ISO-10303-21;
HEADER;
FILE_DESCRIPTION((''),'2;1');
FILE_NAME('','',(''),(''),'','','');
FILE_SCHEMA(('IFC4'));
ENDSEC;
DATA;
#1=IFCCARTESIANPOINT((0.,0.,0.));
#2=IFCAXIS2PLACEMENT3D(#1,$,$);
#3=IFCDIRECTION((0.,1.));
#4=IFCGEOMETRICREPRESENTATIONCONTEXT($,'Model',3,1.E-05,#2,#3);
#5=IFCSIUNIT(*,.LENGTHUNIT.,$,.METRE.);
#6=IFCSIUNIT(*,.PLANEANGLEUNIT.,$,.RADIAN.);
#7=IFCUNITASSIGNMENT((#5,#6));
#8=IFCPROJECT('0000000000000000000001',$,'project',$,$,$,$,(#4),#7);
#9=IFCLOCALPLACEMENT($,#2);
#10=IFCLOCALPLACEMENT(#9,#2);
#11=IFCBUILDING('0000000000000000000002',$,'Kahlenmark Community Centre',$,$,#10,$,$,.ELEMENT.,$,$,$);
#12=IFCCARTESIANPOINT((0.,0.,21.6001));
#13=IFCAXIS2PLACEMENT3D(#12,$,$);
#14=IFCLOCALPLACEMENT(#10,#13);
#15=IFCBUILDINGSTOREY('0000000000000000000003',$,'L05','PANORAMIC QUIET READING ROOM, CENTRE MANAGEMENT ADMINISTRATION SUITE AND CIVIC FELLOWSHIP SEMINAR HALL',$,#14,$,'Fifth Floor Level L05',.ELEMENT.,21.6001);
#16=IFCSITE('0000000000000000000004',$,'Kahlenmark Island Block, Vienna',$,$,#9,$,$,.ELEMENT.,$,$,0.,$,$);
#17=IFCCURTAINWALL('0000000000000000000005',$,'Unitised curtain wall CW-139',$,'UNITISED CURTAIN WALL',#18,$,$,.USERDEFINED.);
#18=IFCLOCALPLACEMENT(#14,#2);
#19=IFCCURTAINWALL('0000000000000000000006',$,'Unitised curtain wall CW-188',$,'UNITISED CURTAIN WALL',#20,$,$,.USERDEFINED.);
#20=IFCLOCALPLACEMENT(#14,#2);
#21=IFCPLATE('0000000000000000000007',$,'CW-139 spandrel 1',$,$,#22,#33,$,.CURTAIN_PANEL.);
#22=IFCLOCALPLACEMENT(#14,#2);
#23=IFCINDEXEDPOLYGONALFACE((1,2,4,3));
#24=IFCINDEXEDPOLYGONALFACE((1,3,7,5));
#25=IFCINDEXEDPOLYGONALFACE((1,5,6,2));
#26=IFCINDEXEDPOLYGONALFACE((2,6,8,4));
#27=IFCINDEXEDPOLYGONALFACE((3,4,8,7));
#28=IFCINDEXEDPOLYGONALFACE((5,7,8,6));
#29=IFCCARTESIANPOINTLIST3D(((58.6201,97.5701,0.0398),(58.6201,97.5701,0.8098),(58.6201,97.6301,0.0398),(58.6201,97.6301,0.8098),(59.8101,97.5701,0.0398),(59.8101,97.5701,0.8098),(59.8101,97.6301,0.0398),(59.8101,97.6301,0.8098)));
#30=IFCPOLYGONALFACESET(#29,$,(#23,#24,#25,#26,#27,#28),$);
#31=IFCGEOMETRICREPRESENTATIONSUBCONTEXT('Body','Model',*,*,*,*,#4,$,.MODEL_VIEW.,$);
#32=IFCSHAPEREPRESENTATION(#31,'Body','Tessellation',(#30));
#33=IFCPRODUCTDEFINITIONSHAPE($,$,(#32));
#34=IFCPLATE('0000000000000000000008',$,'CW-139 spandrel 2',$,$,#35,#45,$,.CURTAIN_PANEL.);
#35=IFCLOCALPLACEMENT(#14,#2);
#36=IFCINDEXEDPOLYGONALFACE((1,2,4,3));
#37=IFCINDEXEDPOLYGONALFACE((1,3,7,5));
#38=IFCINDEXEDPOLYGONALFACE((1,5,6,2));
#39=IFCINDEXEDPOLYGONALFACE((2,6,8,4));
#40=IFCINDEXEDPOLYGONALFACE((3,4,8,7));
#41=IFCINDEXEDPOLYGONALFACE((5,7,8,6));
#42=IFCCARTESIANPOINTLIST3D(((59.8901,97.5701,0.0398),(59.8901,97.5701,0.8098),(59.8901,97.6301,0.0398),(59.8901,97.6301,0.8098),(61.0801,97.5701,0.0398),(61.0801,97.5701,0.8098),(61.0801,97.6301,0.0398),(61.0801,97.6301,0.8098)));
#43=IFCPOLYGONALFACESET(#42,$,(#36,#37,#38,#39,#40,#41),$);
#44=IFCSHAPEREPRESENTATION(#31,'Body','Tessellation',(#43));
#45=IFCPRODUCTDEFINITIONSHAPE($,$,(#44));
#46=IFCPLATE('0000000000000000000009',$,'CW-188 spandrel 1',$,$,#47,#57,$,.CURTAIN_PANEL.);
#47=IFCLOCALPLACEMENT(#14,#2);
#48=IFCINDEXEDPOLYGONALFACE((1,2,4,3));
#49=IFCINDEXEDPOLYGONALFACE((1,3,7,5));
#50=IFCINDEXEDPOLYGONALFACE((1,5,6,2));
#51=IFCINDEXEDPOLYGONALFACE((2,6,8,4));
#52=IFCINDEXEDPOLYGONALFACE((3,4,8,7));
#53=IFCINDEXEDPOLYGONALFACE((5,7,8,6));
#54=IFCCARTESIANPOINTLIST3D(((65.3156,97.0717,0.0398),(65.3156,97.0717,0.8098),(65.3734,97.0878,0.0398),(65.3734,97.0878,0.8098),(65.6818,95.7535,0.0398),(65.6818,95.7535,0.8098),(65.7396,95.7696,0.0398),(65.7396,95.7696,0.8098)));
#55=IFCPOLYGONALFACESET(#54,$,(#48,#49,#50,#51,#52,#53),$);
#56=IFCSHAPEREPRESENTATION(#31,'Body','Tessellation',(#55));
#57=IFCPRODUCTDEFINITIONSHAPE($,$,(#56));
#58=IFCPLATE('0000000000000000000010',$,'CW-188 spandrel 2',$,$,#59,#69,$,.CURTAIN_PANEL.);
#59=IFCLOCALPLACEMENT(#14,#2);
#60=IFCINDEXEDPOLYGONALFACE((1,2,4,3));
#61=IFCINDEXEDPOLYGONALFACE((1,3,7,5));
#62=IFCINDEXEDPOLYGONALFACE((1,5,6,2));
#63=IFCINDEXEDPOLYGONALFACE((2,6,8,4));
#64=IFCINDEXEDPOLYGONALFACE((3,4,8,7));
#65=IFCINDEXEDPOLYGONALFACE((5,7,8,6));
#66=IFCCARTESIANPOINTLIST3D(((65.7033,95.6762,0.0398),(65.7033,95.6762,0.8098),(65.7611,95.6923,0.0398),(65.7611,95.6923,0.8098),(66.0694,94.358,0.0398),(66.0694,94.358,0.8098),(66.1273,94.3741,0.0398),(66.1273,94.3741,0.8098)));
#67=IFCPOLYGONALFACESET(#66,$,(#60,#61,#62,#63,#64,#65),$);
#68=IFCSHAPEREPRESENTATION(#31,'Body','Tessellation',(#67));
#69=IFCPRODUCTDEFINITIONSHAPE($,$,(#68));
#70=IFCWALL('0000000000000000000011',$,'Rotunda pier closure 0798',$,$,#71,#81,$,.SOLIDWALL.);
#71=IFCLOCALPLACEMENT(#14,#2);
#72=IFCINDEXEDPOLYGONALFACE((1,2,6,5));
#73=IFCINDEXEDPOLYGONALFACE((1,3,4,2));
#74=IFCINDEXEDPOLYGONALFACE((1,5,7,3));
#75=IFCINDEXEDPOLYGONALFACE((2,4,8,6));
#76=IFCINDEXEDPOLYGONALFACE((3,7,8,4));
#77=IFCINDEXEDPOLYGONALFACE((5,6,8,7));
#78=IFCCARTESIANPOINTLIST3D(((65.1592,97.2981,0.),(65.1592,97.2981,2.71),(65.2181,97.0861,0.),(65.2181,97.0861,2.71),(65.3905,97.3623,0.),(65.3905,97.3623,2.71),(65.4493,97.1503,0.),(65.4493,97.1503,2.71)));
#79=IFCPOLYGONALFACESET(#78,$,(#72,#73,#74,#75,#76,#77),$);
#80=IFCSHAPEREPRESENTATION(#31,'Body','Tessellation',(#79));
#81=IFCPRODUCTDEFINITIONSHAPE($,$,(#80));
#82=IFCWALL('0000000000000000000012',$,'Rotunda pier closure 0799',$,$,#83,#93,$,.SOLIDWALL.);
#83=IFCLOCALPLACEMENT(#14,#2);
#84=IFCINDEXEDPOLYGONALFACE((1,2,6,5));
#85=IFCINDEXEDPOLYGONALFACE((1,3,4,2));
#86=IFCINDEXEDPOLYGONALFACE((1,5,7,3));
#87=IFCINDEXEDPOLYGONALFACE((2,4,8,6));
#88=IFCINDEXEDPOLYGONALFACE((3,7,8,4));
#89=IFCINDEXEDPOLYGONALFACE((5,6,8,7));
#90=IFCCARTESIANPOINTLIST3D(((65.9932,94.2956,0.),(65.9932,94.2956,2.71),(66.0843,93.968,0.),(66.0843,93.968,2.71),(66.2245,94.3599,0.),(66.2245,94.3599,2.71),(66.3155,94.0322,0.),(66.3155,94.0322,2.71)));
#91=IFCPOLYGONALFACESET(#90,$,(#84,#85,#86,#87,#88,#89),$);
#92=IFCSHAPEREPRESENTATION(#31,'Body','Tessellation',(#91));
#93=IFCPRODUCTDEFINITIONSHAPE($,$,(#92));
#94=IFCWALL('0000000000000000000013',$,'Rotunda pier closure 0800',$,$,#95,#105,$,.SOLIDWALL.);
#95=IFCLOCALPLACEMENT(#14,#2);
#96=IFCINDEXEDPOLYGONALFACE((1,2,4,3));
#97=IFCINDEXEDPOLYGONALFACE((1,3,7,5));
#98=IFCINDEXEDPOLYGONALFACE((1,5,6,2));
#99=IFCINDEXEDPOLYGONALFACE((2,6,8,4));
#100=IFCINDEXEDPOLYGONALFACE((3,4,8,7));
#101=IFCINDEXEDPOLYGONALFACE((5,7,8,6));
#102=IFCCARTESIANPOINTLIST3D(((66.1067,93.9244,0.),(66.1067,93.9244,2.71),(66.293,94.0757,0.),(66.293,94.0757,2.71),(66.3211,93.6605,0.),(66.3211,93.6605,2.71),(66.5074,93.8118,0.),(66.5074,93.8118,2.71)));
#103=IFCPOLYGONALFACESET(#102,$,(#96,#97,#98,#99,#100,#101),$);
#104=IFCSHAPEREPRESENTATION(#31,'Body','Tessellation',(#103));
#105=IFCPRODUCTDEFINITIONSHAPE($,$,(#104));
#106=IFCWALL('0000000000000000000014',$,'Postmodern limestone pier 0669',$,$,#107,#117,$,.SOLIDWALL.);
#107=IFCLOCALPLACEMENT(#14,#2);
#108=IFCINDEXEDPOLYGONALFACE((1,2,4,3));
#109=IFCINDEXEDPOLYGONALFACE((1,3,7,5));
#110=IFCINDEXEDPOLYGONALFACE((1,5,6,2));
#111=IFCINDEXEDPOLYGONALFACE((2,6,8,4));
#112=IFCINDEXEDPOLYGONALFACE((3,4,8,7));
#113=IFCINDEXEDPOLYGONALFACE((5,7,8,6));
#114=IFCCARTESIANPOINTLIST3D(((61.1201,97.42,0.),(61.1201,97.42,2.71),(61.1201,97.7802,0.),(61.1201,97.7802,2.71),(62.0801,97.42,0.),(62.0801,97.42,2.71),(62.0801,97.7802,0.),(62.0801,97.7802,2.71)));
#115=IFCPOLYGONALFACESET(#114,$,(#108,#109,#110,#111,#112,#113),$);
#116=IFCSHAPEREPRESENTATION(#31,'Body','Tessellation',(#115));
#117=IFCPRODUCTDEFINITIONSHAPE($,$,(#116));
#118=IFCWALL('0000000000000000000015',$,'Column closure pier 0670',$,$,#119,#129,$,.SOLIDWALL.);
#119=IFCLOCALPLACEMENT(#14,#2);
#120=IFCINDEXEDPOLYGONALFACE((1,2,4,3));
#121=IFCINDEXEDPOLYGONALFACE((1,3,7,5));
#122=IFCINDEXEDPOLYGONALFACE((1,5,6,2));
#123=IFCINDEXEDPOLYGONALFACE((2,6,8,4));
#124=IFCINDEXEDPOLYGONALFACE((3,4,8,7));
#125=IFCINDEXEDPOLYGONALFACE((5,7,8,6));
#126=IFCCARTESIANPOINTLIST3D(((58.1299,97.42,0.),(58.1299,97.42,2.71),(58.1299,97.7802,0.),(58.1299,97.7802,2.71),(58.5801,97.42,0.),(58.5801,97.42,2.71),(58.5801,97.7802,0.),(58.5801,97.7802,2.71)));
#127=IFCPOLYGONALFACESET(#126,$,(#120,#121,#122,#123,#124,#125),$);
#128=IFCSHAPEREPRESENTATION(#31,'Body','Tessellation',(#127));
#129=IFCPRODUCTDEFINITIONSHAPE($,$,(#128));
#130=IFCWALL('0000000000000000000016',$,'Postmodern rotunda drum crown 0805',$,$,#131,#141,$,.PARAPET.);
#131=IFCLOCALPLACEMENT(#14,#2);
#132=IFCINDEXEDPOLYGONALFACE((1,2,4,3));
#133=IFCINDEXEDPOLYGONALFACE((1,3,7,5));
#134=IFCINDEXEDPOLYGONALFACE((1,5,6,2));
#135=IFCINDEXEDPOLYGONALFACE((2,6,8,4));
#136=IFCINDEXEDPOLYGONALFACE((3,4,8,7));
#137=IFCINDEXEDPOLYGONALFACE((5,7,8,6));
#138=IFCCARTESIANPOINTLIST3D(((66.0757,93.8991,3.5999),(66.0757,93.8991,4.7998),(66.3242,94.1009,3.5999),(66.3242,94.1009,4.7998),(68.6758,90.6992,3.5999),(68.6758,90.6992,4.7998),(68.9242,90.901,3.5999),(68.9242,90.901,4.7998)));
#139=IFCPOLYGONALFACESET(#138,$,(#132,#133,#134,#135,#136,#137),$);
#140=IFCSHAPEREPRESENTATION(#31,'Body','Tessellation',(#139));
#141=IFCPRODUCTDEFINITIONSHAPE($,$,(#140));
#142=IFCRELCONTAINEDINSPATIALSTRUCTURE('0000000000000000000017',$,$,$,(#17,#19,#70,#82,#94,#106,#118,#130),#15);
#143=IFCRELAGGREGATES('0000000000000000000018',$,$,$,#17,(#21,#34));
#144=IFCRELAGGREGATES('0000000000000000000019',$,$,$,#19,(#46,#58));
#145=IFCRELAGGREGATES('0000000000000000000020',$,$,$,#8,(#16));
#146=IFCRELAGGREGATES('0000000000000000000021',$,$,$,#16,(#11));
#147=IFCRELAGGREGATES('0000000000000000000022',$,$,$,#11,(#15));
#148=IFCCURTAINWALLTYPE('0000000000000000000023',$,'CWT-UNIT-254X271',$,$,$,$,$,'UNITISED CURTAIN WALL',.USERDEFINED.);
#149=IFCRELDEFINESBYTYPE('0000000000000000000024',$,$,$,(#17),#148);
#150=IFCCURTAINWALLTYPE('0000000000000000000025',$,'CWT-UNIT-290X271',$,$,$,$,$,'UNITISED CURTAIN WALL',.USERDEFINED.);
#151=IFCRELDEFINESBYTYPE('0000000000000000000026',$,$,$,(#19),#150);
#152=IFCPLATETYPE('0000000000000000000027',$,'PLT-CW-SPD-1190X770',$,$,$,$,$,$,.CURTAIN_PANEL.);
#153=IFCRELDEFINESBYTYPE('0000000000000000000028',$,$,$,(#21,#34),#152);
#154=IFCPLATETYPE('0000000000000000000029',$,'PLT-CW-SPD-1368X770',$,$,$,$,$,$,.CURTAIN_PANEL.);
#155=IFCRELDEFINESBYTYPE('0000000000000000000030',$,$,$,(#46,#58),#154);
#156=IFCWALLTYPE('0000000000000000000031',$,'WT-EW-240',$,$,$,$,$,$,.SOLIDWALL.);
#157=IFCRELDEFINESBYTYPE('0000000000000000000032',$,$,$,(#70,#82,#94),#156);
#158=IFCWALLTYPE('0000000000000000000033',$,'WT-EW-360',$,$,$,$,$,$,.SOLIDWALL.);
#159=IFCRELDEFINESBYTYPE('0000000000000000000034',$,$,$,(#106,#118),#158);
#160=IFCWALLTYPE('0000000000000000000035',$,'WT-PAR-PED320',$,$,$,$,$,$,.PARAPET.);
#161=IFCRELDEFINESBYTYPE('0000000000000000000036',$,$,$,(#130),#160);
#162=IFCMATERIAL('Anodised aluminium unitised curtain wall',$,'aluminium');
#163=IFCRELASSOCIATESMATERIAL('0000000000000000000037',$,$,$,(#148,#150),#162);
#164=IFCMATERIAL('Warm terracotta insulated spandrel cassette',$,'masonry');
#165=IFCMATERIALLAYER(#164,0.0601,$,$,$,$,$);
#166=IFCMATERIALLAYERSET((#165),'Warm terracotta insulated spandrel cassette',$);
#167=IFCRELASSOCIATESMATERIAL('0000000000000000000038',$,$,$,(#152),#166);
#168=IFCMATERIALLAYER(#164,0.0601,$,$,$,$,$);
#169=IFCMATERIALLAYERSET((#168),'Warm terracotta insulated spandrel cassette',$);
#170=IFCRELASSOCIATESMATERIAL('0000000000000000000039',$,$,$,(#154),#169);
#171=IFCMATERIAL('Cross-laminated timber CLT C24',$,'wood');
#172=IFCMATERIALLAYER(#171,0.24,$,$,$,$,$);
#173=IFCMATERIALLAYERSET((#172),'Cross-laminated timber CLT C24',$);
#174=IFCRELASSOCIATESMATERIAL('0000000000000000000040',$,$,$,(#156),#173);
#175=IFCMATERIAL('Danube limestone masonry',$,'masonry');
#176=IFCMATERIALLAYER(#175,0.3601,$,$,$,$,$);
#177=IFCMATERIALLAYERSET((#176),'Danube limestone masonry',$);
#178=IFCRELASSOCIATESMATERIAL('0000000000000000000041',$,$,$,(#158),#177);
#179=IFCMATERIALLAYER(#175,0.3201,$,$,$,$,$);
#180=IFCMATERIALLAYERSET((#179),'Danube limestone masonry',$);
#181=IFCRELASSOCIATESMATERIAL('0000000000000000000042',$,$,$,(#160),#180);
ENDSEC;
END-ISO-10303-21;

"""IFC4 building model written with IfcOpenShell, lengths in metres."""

from ifc_helpers import new_model, si_unit, direction, frame, frame_2d, origin, origin_2d, place, context, subcontext, project, spatial, rectangle, extrude, material, layer, layer_set, type_object, element, aggregate, save


model = new_model("IFC4")

# Units and contexts
model_context = context("Model", 3, precision=1e-05, world=origin(), true_north=direction((0.0, 1.0)))
body_context = subcontext(model_context, "Body", "Model", "MODEL_VIEW")
ifc_project = project(units=[si_unit("LENGTHUNIT", "METRE"), si_unit("PLANEANGLEUNIT", "RADIAN")], contexts=[model_context])

# Site, building, storey
site_placement = place(None, origin())
site = spatial("IfcSite", under=ifc_project, at=site_placement, Name="Kahlenmark Island Block, Vienna", CompositionType="ELEMENT", RefElevation=0.0)
building_placement = place(site_placement, origin())
building = spatial("IfcBuilding", under=site, at=building_placement, Name="Kahlenmark Community Centre", CompositionType="ELEMENT")
storey_placement = place(building_placement, frame((0.0, 0.0, 21.6001)))
storey = spatial("IfcBuildingStorey", under=building, at=storey_placement, Name="L05", Description="PANORAMIC QUIET READING ROOM, CENTRE MANAGEMENT ADMINISTRATION SUITE AND CIVIC FELLOWSHIP SEMINAR HALL", LongName="Fifth Floor Level L05", CompositionType="ELEMENT", Elevation=21.6001)

# Curtain wall
ifc_material_1 = material(Name="Anodised aluminium unitised curtain wall", Category="aluminium")
curtain_wall_type_1 = type_object("IfcCurtainWallType", Name="CWT-UNIT-254X271", ElementType="UNITISED CURTAIN WALL", PredefinedType="USERDEFINED", material=ifc_material_1)
curtain_wall_1_placement = place(storey_placement, origin())
curtain_wall_1 = element("IfcCurtainWall", 1, at=curtain_wall_1_placement, inside=storey, type_object=curtain_wall_type_1, Name="Unitised curtain wall CW-139", ObjectType="UNITISED CURTAIN WALL", PredefinedType="USERDEFINED")

# Curtain wall
curtain_wall_type_2 = type_object("IfcCurtainWallType", Name="CWT-UNIT-290X271", ElementType="UNITISED CURTAIN WALL", PredefinedType="USERDEFINED", material=ifc_material_1)
curtain_wall_2_placement = place(storey_placement, origin())
curtain_wall_2 = element("IfcCurtainWall", 2, at=curtain_wall_2_placement, inside=storey, type_object=curtain_wall_type_2, Name="Unitised curtain wall CW-188", ObjectType="UNITISED CURTAIN WALL", PredefinedType="USERDEFINED")

# Plates
ifc_material_2 = material(Name="Warm terracotta insulated spandrel cassette", Category="masonry")
ifc_layer_1 = layer(ifc_material_2, 0.0601)
ifc_layer_set_1 = layer_set([ifc_layer_1], Name="Warm terracotta insulated spandrel cassette")
plate_type_1 = type_object("IfcPlateType", Name="PLT-CW-SPD-1190X770", PredefinedType="CURTAIN_PANEL", material=ifc_layer_set_1)
plate_1_placement = place(storey_placement, frame((59.2151, 97.6001, 0.0398), z_axis=(0.0, 0.0, 1.0), x_axis=(1.0, 0.0, 0.0)))
plate_1 = element("IfcPlate", 3, at=plate_1_placement, type_object=plate_type_1, Name="CW-139 spandrel 1", PredefinedType="CURTAIN_PANEL", context=body_context, shape_type="SweptSolid", body=[
    extrude(rectangle(XDim=1.1899, YDim=0.0601, at=origin_2d()), origin(), (0.0, 0.0, 1.0), 0.77),
])
plate_2_placement = place(storey_placement, frame((60.4851, 97.6001, 0.0398), z_axis=(0.0, 0.0, 1.0), x_axis=(1.0, 0.0, 0.0)))
plate_2 = element("IfcPlate", 4, at=plate_2_placement, type_object=plate_type_1, Name="CW-139 spandrel 2", PredefinedType="CURTAIN_PANEL", context=body_context, shape_type="SweptSolid", body=[
    extrude(rectangle(XDim=1.1899, YDim=0.0601, at=origin_2d()), origin(), (0.0, 0.0, 1.0), 0.77),
])
aggregate(curtain_wall_1, [plate_1, plate_2])
ifc_layer_2 = layer(ifc_material_2, 0.0601)
ifc_layer_set_2 = layer_set([ifc_layer_2], Name="Warm terracotta insulated spandrel cassette")
plate_type_2 = type_object("IfcPlateType", Name="PLT-CW-SPD-1368X770", PredefinedType="CURTAIN_PANEL", material=ifc_layer_set_2)
plate_3_placement = place(storey_placement, frame((65.5276, 96.4207, 0.0398), z_axis=(0.0, 0.0, 1.0), x_axis=(0.267654, -0.963515, 0.0)))
plate_3 = element("IfcPlate", 5, at=plate_3_placement, type_object=plate_type_2, Name="CW-188 spandrel 1", PredefinedType="CURTAIN_PANEL", context=body_context, shape_type="SweptSolid", body=[
    extrude(rectangle(XDim=1.3682, YDim=0.0601, at=origin_2d()), origin(), (0.0, 0.0, 1.0), 0.77),
])
plate_4_placement = place(storey_placement, frame((65.9153, 95.0251, 0.0398), z_axis=(0.0, 0.0, 1.0), x_axis=(0.267654, -0.963515, 0.0)))
plate_4 = element("IfcPlate", 6, at=plate_4_placement, type_object=plate_type_2, Name="CW-188 spandrel 2", PredefinedType="CURTAIN_PANEL", context=body_context, shape_type="SweptSolid", body=[
    extrude(rectangle(XDim=1.3682, YDim=0.0601, at=origin_2d()), origin(), (0.0, 0.0, 1.0), 0.77),
])
aggregate(curtain_wall_2, [plate_3, plate_4])

# Walls
ifc_material_3 = material(Name="Cross-laminated timber CLT C24", Category="wood")
ifc_layer_3 = layer(ifc_material_3, 0.24)
ifc_layer_set_3 = layer_set([ifc_layer_3], Name="Cross-laminated timber CLT C24")
wall_type_1 = type_object("IfcWallType", Name="WT-EW-240", PredefinedType="SOLIDWALL", material=ifc_layer_set_3)
wall_1_placement = place(storey_placement, frame((65.2749, 97.3301, 0.0), z_axis=(0.0, 0.0, 1.0), x_axis=(0.267529, -0.96355, 0.0)))
element("IfcWall", 7, at=wall_1_placement, inside=storey, type_object=wall_type_1, Name="Rotunda pier closure 0798", PredefinedType="SOLIDWALL", context=body_context, shape_type="SweptSolid", body=[
    extrude(rectangle(XDim=0.22, YDim=0.24, at=frame_2d((0.1099, 0.0))), origin(), (0.0, 0.0, 1.0), 2.71),
])
for number, where, z_axis, x_axis, name in (
    (8, (66.1089, 94.3276, 0.0), (0.0, 0.0, 1.0), (0.267792, -0.963477, 0.0), "Rotunda pier closure 0799"),
    (9, (66.2, 94.0, 0.0), (0.0, 0.0, 1.0), (0.630457, -0.776224, 0.0), "Rotunda pier closure 0800"),
):
    element("IfcWall", number, at=place(storey_placement, frame(where, z_axis=z_axis, x_axis=x_axis)), inside=storey, type_object=wall_type_1, Name=name, PredefinedType="SOLIDWALL", context=body_context, shape_type="SweptSolid", body=[
        extrude(rectangle(XDim=0.3401, YDim=0.24, at=frame_2d((0.1699, 0.0))), origin(), (0.0, 0.0, 1.0), 2.71),
    ])
ifc_material_4 = material(Name="Danube limestone masonry", Category="masonry")
ifc_layer_4 = layer(ifc_material_4, 0.3601)
ifc_layer_set_4 = layer_set([ifc_layer_4], Name="Danube limestone masonry")
wall_type_2 = type_object("IfcWallType", Name="WT-EW-360", PredefinedType="SOLIDWALL", material=ifc_layer_set_4)
wall_2_placement = place(storey_placement, frame((61.1201, 97.6001, 0.0), z_axis=(0.0, 0.0, 1.0), x_axis=(1.0, 0.0, 0.0)))
element("IfcWall", 10, at=wall_2_placement, inside=storey, type_object=wall_type_2, Name="Postmodern limestone pier 0669", PredefinedType="SOLIDWALL", context=body_context, shape_type="SweptSolid", body=[
    extrude(rectangle(XDim=0.96, YDim=0.3601, at=frame_2d((0.48, 0.0))), origin(), (0.0, 0.0, 1.0), 2.71),
])
wall_3_placement = place(storey_placement, frame((58.1299, 97.6001, 0.0), z_axis=(0.0, 0.0, 1.0), x_axis=(1.0, 0.0, 0.0)))
element("IfcWall", 11, at=wall_3_placement, inside=storey, type_object=wall_type_2, Name="Column closure pier 0670", PredefinedType="SOLIDWALL", context=body_context, shape_type="SweptSolid", body=[
    extrude(rectangle(XDim=0.4502, YDim=0.3601, at=frame_2d((0.2251, 0.0))), origin(), (0.0, 0.0, 1.0), 2.71),
])
ifc_layer_5 = layer(ifc_material_4, 0.3201)
ifc_layer_set_5 = layer_set([ifc_layer_5], Name="Danube limestone masonry")
wall_type_3 = type_object("IfcWallType", Name="WT-PAR-PED320", PredefinedType="PARAPET", material=ifc_layer_set_5)
wall_4_placement = place(storey_placement, frame((66.2, 94.0, 3.5999), z_axis=(0.0, 0.0, 1.0), x_axis=(0.630613, -0.776098, 0.0)))
element("IfcWall", 12, at=wall_4_placement, inside=storey, type_object=wall_type_3, Name="Postmodern rotunda drum crown 0805", PredefinedType="PARAPET", context=body_context, shape_type="SweptSolid", body=[
    extrude(rectangle(XDim=4.123, YDim=0.3201, at=frame_2d((2.0615, 0.0))), origin(), (0.0, 0.0, 1.0), 1.2),
])

save(model, "model.ifc")
